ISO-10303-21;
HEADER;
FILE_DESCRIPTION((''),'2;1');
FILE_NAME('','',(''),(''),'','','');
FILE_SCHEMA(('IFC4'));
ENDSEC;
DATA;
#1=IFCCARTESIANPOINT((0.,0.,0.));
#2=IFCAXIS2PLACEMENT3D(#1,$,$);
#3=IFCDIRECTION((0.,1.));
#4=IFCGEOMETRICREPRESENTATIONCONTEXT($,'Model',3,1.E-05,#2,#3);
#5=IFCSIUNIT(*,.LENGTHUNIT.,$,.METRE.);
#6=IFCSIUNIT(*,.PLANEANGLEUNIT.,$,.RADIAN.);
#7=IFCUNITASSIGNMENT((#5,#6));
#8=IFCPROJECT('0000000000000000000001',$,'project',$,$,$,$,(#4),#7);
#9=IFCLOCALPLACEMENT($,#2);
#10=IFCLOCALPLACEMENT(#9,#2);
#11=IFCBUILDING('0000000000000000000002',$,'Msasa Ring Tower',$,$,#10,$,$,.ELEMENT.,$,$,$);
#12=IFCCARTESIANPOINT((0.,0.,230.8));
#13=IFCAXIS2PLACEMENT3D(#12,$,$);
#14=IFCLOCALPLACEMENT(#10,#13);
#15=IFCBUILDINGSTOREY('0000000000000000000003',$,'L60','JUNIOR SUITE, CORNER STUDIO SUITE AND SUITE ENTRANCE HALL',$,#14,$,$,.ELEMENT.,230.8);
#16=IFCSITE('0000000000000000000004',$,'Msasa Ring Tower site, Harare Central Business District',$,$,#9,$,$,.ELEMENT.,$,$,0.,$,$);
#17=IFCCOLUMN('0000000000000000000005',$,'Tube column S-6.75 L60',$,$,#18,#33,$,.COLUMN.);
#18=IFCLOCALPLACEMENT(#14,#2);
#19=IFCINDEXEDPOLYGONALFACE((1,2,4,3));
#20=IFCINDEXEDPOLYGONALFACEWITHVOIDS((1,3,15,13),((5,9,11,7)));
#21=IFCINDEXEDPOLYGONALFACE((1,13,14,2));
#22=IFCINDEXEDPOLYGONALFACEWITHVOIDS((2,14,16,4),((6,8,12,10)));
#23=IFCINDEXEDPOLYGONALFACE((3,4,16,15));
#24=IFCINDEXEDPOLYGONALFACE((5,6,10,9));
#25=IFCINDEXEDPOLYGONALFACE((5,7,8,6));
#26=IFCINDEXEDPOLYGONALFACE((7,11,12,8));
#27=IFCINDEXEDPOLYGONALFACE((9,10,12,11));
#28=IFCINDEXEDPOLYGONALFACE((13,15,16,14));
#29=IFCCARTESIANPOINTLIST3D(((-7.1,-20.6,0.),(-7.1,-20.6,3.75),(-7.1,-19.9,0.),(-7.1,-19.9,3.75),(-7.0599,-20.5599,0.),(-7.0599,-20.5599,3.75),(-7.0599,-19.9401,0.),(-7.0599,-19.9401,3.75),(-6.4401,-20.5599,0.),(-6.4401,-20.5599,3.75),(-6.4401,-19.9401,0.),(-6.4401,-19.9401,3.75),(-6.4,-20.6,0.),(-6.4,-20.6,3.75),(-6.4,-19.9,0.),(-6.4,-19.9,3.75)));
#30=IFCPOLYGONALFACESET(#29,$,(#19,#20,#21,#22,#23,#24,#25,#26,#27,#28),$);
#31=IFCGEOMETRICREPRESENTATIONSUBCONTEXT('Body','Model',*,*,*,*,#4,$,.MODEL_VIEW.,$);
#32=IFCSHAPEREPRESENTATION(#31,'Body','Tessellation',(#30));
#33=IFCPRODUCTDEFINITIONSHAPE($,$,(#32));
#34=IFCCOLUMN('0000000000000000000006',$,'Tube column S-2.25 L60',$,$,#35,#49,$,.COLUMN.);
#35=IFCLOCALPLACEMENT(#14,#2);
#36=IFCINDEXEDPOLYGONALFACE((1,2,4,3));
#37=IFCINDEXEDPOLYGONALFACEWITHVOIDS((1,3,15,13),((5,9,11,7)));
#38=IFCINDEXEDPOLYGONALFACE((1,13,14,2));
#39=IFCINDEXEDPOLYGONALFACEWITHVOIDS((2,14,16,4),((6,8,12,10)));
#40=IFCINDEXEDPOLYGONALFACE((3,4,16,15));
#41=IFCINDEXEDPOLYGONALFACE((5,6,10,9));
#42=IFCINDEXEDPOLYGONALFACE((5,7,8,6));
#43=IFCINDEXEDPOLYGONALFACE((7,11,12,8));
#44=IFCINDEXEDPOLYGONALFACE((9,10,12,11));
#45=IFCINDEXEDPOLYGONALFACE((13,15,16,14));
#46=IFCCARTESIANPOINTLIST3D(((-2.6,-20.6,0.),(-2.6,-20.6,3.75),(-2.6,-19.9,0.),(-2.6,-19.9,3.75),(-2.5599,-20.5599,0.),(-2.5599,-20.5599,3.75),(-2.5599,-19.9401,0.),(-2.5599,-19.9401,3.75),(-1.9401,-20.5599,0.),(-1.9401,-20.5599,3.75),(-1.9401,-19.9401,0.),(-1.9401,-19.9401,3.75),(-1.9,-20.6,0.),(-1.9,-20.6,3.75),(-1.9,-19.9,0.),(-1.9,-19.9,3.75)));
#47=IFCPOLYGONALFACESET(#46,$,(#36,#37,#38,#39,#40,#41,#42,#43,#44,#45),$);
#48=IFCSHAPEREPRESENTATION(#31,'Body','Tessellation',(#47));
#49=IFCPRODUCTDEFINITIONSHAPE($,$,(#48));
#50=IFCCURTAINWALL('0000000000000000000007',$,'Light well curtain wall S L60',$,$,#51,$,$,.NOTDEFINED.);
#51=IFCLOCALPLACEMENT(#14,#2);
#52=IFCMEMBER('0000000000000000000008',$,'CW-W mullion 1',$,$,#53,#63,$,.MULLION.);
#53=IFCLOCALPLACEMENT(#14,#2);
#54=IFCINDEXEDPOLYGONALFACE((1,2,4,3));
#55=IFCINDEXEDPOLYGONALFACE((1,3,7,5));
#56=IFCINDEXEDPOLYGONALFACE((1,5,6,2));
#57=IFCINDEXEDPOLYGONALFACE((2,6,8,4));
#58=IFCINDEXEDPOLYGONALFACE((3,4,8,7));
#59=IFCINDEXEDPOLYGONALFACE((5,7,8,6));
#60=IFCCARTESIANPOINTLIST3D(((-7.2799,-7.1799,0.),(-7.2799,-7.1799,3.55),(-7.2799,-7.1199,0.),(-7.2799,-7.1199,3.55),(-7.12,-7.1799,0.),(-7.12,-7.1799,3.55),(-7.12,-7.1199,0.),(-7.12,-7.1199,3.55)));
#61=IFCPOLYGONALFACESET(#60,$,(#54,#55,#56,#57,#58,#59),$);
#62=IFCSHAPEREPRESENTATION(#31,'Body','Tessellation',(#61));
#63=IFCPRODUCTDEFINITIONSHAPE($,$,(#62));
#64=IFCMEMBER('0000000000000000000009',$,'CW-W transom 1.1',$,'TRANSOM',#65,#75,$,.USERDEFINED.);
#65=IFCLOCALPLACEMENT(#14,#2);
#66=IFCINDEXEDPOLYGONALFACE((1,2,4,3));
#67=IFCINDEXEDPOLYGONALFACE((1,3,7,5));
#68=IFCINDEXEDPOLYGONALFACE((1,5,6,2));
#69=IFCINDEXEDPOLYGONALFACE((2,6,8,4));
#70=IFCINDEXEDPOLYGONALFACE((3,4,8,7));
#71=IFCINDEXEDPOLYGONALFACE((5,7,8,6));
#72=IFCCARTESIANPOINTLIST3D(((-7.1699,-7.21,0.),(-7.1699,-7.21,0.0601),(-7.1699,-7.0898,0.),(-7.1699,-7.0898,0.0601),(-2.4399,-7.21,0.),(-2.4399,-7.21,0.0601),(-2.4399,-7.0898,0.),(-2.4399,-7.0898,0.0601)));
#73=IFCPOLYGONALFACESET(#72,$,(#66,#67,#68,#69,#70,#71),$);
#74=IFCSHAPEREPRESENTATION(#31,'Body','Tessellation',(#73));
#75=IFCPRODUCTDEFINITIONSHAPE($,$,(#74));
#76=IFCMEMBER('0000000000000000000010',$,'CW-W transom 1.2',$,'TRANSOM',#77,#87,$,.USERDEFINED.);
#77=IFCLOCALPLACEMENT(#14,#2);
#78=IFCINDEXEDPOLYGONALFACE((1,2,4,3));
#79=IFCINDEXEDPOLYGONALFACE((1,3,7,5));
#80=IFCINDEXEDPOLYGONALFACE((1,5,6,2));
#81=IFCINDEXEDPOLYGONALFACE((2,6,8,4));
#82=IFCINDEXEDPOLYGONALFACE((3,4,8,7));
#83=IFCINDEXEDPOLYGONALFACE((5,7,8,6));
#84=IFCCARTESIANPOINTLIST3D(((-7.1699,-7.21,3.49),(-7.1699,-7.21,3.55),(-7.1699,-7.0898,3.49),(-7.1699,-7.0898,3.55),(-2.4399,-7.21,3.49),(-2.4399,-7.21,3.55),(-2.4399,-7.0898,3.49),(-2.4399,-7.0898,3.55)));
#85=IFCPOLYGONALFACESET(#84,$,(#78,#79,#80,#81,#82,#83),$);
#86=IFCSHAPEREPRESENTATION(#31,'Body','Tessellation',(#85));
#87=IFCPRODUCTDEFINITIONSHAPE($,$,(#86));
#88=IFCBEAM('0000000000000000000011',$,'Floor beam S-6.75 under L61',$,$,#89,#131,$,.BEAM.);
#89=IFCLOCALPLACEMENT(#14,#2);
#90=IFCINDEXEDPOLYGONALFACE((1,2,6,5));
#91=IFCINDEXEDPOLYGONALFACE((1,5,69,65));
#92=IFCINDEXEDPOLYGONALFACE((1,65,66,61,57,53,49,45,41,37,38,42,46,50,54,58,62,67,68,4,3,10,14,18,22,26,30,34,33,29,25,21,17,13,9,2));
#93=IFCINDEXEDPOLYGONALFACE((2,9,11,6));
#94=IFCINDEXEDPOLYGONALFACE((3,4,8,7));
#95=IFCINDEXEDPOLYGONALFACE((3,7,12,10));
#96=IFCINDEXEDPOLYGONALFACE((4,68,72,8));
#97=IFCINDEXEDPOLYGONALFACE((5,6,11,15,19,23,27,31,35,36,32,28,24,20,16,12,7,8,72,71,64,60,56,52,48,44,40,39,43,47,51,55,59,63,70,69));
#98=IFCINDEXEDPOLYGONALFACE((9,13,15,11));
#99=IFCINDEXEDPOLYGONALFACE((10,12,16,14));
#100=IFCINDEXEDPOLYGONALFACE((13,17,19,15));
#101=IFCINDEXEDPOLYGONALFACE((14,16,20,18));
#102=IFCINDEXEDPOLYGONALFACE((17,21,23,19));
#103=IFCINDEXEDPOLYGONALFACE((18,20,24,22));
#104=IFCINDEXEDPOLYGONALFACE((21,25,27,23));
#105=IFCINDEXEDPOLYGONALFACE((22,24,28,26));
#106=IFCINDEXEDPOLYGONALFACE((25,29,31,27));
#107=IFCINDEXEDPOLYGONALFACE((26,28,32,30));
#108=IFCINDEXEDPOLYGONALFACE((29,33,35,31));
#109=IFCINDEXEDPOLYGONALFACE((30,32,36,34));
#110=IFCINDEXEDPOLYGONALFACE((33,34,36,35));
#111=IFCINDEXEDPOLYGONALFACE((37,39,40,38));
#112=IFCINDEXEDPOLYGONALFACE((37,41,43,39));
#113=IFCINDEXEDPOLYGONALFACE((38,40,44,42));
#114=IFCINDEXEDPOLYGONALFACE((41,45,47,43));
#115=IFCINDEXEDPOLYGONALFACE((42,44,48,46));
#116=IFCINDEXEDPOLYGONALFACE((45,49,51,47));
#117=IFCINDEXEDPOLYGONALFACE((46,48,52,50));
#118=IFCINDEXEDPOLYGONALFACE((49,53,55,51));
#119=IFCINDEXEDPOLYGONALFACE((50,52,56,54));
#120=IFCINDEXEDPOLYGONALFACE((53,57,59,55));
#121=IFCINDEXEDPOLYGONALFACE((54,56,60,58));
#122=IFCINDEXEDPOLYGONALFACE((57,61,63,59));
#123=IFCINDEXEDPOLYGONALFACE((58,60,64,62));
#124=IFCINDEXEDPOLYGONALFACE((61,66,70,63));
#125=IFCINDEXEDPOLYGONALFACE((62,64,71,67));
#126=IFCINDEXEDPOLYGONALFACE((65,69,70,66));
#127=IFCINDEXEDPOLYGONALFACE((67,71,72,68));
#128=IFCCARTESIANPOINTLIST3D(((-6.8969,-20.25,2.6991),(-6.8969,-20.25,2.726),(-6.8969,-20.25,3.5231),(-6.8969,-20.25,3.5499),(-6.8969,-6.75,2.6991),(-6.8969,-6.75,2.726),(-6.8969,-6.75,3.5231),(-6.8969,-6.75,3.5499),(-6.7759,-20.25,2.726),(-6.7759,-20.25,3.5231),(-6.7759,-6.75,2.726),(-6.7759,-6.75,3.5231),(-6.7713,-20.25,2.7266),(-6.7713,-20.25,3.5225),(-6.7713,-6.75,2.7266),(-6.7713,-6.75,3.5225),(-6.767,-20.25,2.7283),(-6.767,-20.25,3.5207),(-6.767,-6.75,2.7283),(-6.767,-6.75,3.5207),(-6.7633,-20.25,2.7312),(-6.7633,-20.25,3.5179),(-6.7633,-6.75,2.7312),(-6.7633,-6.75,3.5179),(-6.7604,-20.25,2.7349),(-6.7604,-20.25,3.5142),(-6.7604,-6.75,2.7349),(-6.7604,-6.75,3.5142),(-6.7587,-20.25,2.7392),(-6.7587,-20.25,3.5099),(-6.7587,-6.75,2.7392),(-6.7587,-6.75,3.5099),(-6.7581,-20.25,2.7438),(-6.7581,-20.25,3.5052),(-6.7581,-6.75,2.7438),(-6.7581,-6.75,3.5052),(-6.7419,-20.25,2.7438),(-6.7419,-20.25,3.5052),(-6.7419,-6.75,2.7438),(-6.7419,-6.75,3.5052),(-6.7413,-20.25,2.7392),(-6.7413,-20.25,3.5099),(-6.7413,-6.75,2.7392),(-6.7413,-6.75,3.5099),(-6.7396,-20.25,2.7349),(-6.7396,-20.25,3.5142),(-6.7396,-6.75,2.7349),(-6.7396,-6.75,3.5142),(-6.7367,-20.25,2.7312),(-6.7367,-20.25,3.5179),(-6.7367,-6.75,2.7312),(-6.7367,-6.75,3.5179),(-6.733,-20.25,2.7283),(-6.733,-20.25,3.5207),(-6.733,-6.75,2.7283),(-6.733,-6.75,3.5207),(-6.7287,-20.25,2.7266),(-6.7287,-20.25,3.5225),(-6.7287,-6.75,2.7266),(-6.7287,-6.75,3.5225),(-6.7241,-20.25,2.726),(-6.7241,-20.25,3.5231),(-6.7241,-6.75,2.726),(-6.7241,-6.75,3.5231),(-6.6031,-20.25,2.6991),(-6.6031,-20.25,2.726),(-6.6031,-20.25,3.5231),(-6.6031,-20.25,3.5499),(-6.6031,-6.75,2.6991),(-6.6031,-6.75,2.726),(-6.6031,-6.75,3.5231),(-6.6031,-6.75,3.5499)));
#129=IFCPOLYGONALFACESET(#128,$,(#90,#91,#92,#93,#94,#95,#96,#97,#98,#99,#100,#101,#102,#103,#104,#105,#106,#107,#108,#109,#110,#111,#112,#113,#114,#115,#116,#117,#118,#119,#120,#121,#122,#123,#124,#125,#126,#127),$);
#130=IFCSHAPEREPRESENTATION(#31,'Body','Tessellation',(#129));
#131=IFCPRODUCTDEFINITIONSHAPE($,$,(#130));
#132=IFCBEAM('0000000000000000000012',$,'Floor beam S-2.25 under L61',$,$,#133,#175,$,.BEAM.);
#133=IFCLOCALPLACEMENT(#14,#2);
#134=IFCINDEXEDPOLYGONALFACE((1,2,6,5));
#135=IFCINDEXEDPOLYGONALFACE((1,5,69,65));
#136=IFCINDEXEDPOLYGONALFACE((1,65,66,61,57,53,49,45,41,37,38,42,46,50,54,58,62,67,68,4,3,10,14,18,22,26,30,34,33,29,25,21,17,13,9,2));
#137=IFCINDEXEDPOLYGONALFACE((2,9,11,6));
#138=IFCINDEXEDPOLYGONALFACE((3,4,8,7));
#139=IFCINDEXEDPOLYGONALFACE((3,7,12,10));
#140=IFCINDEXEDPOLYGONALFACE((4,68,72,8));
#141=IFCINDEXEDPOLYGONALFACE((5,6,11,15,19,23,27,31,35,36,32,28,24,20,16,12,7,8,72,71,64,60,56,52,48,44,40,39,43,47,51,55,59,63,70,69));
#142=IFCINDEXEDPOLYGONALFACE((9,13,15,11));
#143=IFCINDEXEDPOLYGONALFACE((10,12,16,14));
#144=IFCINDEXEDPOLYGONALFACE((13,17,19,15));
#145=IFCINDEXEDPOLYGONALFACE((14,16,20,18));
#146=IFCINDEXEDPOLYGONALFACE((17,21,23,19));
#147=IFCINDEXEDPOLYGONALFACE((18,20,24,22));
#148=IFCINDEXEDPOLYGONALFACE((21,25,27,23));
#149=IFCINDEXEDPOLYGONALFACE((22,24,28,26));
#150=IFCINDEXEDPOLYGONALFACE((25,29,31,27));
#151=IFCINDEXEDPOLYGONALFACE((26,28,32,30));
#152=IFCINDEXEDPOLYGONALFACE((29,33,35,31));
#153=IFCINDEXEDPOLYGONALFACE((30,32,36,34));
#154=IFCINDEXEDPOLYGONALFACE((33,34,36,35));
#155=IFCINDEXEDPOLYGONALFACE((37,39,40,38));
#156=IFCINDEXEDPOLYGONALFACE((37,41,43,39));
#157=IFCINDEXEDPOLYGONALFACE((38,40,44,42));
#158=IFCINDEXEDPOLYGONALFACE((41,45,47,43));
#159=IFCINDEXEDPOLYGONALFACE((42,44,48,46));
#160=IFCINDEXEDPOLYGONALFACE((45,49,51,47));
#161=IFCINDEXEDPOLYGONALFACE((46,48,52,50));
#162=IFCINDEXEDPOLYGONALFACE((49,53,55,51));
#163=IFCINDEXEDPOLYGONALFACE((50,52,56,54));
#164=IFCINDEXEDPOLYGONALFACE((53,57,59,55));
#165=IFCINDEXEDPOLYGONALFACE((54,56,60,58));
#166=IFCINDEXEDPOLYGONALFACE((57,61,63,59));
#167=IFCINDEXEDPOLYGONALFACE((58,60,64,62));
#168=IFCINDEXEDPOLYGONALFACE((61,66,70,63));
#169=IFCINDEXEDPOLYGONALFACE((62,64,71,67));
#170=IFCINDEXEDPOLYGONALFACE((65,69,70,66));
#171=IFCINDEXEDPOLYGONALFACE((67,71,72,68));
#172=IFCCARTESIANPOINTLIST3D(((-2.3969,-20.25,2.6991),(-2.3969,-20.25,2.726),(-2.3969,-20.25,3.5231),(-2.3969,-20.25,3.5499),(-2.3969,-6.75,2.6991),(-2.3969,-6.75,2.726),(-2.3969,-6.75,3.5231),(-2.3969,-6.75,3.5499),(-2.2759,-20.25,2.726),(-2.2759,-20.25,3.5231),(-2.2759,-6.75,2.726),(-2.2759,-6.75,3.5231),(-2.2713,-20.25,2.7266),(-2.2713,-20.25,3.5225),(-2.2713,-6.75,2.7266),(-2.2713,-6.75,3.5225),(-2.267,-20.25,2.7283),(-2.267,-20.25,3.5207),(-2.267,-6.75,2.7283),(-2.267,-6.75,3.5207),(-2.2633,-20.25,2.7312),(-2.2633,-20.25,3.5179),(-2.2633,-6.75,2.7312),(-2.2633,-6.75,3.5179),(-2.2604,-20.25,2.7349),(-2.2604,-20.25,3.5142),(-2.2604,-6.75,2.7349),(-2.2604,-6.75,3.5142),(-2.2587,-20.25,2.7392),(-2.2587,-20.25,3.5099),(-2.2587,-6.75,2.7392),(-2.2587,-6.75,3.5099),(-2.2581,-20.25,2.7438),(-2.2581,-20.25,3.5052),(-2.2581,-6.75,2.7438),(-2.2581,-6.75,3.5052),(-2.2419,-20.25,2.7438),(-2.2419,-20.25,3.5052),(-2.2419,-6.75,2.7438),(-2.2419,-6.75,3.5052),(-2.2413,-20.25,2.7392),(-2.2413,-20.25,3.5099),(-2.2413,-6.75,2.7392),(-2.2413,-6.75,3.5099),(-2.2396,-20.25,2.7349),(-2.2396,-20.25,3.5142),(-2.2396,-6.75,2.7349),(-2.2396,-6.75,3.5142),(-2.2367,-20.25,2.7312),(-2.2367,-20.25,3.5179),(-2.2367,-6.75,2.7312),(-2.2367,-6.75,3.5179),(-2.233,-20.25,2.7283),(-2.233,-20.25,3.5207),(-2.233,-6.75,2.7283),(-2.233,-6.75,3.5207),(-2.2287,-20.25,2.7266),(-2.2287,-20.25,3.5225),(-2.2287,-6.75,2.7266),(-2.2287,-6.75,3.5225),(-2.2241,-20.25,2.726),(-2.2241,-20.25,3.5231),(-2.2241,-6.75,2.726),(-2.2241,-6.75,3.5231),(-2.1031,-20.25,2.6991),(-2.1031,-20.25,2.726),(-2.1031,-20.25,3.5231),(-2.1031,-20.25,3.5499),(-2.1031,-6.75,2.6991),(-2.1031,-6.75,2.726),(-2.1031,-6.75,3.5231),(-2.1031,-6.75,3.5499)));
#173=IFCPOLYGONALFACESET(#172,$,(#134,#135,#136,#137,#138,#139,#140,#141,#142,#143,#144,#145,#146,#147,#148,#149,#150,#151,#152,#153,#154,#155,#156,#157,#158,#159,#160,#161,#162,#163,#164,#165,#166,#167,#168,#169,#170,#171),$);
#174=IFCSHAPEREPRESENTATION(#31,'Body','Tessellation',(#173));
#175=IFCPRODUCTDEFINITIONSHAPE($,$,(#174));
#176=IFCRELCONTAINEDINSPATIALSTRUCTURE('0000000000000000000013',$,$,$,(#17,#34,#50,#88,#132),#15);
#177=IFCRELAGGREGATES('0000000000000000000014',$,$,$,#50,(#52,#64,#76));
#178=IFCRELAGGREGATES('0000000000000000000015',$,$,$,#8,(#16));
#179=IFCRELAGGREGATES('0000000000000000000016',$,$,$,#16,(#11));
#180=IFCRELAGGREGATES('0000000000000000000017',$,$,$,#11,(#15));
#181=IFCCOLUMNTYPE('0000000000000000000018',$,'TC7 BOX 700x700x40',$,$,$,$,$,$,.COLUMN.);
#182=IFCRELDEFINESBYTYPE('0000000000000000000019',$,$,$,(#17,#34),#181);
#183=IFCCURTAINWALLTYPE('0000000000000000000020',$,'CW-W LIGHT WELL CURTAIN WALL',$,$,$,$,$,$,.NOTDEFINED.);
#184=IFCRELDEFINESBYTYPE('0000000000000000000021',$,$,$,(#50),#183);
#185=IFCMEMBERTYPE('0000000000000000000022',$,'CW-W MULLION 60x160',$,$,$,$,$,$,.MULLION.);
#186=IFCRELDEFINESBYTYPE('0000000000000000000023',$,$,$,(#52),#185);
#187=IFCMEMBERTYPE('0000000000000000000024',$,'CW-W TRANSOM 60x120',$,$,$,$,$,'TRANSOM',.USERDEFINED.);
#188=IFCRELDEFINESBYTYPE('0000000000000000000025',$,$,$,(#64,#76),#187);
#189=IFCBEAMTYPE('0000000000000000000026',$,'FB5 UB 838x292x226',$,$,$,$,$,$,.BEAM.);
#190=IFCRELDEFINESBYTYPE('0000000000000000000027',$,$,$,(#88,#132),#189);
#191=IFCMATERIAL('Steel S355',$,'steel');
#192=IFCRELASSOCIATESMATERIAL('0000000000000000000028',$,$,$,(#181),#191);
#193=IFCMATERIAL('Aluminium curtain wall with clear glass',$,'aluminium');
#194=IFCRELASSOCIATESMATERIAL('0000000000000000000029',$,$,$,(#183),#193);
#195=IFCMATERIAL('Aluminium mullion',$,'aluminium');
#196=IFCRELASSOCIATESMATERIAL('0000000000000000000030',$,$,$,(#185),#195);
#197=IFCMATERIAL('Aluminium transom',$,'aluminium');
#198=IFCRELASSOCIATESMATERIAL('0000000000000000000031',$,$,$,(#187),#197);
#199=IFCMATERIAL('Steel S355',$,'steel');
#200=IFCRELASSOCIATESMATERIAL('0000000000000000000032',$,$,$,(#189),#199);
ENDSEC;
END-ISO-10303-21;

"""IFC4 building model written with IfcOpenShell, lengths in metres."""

from ifc_helpers import new_model, si_unit, direction, frame, origin, origin_2d, place, context, subcontext, project, spatial, rectangle, hollow_rectangle, i_section, extrude, material, material_profile, profile_set, type_object, element, aggregate, save


model = new_model("IFC4")

# Units and contexts
model_context = context("Model", 3, precision=1e-05, world=origin(), true_north=direction((0.0, 1.0)))
body_context = subcontext(model_context, "Body", "Model", "MODEL_VIEW")
ifc_project = project(units=[si_unit("LENGTHUNIT", "METRE"), si_unit("PLANEANGLEUNIT", "RADIAN")], contexts=[model_context])

# Site, building, storey
site_placement = place(None, origin())
site = spatial("IfcSite", under=ifc_project, at=site_placement, Name="Msasa Ring Tower site, Harare Central Business District", CompositionType="ELEMENT", RefElevation=0.0)
building_placement = place(site_placement, origin())
building = spatial("IfcBuilding", under=site, at=building_placement, Name="Msasa Ring Tower", CompositionType="ELEMENT")
storey_placement = place(building_placement, frame((0.0, 0.0, 230.8)))
storey = spatial("IfcBuildingStorey", under=building, at=storey_placement, Name="L60", Description="JUNIOR SUITE, CORNER STUDIO SUITE AND SUITE ENTRANCE HALL", CompositionType="ELEMENT", Elevation=230.8)

# Columns
ifc_material_1 = material(Name="Steel S355", Category="steel")
ifc_material_profile_1 = material_profile(ifc_material_1, hollow_rectangle(XDim=0.7, YDim=0.7, WallThickness=0.04, at=origin_2d()), Name="BOX 700x700x40")
ifc_profile_set_1 = profile_set([ifc_material_profile_1], Name="Steel S355")
column_type = type_object("IfcColumnType", Name="TC7 BOX 700x700x40", PredefinedType="COLUMN", material=ifc_profile_set_1)
for number, where, z_axis, x_axis, name in (
    (1, (-6.75, -20.25, 0.0), (0.0, 0.0, 1.0), (0.0, 1.0, 0.0), "Tube column S-6.75 L60"),
    (2, (-2.25, -20.25, 0.0), (0.0, 0.0, 1.0), (0.0, 1.0, 0.0), "Tube column S-2.25 L60"),
):
    element("IfcColumn", number, at=place(storey_placement, frame(where, z_axis=z_axis, x_axis=x_axis)), inside=storey, type_object=column_type, Name=name, PredefinedType="COLUMN", context=body_context, shape_type="SweptSolid", body=[
        extrude(hollow_rectangle(XDim=0.7, YDim=0.7, WallThickness=0.04, at=origin_2d()), origin(), (0.0, 0.0, 1.0), 3.75),
    ])

# Curtain wall, members
ifc_material_2 = material(Name="Aluminium curtain wall with clear glass", Category="aluminium")
curtain_wall_type = type_object("IfcCurtainWallType", Name="CW-W LIGHT WELL CURTAIN WALL", PredefinedType="NOTDEFINED", material=ifc_material_2)
curtain_wall_placement = place(storey_placement, origin())
curtain_wall = element("IfcCurtainWall", 3, at=curtain_wall_placement, inside=storey, type_object=curtain_wall_type, Name="Light well curtain wall S L60", PredefinedType="NOTDEFINED")
ifc_material_3 = material(Name="Aluminium mullion", Category="aluminium")
ifc_material_profile_2 = material_profile(ifc_material_3, rectangle(XDim=0.0601, YDim=0.1599, at=origin_2d()), Name="AL 60x160")
ifc_profile_set_2 = profile_set([ifc_material_profile_2], Name="Aluminium mullion")
member_type_1 = type_object("IfcMemberType", Name="CW-W MULLION 60x160", PredefinedType="MULLION", material=ifc_profile_set_2)
member_1_placement = place(storey_placement, frame((-7.2, -7.1499, 0.0), z_axis=(0.0, 0.0, 1.0), x_axis=(0.0, 1.0, 0.0)))
member_1 = element("IfcMember", 4, at=member_1_placement, type_object=member_type_1, Name="CW-W mullion 1", PredefinedType="MULLION", context=body_context, shape_type="SweptSolid", body=[
    extrude(rectangle(XDim=0.0601, YDim=0.1599, at=origin_2d()), origin(), (0.0, 0.0, 1.0), 3.55),
])
ifc_material_4 = material(Name="Aluminium transom", Category="aluminium")
ifc_material_profile_3 = material_profile(ifc_material_4, rectangle(XDim=0.1201, YDim=0.0601, at=origin_2d()), Name="AL 60x120")
ifc_profile_set_3 = profile_set([ifc_material_profile_3], Name="Aluminium transom")
member_type_2 = type_object("IfcMemberType", Name="CW-W TRANSOM 60x120", ElementType="TRANSOM", PredefinedType="USERDEFINED", material=ifc_profile_set_3)
member_2_placement = place(storey_placement, frame((-7.1699, -7.1499, 0.03), z_axis=(1.0, 0.0, 0.0), x_axis=(0.0, 1.0, 0.0)))
member_2 = element("IfcMember", 5, at=member_2_placement, type_object=member_type_2, Name="CW-W transom 1.1", ObjectType="TRANSOM", PredefinedType="USERDEFINED", context=body_context, shape_type="SweptSolid", body=[
    extrude(rectangle(XDim=0.1201, YDim=0.0601, at=origin_2d()), origin(), (0.0, 0.0, 1.0), 4.73),
])
member_3_placement = place(storey_placement, frame((-7.1699, -7.1499, 3.52), z_axis=(1.0, 0.0, 0.0), x_axis=(0.0, 1.0, 0.0)))
member_3 = element("IfcMember", 6, at=member_3_placement, type_object=member_type_2, Name="CW-W transom 1.2", ObjectType="TRANSOM", PredefinedType="USERDEFINED", context=body_context, shape_type="SweptSolid", body=[
    extrude(rectangle(XDim=0.1201, YDim=0.0601, at=origin_2d()), origin(), (0.0, 0.0, 1.0), 4.73),
])

# Beams
ifc_material_5 = material(Name="Steel S355", Category="steel")
ifc_material_profile_4 = material_profile(ifc_material_5, i_section(OverallWidth=0.2937, OverallDepth=0.8508, WebThickness=0.0161, FlangeThickness=0.0269, FilletRadius=0.0178, at=origin_2d()), Name="UB 838x292x226")
ifc_profile_set_4 = profile_set([ifc_material_profile_4], Name="Steel S355")
beam_type_1 = type_object("IfcBeamType", Name="FB5 UB 838x292x226", PredefinedType="BEAM", material=ifc_profile_set_4)
for number, where, z_axis, x_axis, name in (
    (7, (-6.75, -20.25, 3.1245), (0.0, 1.0, 0.0), (-1.0, 0.0, 0.0), "Floor beam S-6.75 under L61"),
    (8, (-2.25, -20.25, 3.1245), (0.0, 1.0, 0.0), (-1.0, 0.0, 0.0), "Floor beam S-2.25 under L61"),
):
    element("IfcBeam", number, at=place(storey_placement, frame(where, z_axis=z_axis, x_axis=x_axis)), inside=storey, type_object=beam_type_1, Name=name, PredefinedType="BEAM", context=body_context, shape_type="SweptSolid", body=[
        extrude(i_section(OverallWidth=0.2937, OverallDepth=0.8508, WebThickness=0.0161, FlangeThickness=0.0269, FilletRadius=0.0178, at=origin_2d()), origin(), (0.0, 0.0, 1.0), 13.5),
    ])

aggregate(curtain_wall, [member_1, member_2, member_3])

save(model, "model.ifc")
